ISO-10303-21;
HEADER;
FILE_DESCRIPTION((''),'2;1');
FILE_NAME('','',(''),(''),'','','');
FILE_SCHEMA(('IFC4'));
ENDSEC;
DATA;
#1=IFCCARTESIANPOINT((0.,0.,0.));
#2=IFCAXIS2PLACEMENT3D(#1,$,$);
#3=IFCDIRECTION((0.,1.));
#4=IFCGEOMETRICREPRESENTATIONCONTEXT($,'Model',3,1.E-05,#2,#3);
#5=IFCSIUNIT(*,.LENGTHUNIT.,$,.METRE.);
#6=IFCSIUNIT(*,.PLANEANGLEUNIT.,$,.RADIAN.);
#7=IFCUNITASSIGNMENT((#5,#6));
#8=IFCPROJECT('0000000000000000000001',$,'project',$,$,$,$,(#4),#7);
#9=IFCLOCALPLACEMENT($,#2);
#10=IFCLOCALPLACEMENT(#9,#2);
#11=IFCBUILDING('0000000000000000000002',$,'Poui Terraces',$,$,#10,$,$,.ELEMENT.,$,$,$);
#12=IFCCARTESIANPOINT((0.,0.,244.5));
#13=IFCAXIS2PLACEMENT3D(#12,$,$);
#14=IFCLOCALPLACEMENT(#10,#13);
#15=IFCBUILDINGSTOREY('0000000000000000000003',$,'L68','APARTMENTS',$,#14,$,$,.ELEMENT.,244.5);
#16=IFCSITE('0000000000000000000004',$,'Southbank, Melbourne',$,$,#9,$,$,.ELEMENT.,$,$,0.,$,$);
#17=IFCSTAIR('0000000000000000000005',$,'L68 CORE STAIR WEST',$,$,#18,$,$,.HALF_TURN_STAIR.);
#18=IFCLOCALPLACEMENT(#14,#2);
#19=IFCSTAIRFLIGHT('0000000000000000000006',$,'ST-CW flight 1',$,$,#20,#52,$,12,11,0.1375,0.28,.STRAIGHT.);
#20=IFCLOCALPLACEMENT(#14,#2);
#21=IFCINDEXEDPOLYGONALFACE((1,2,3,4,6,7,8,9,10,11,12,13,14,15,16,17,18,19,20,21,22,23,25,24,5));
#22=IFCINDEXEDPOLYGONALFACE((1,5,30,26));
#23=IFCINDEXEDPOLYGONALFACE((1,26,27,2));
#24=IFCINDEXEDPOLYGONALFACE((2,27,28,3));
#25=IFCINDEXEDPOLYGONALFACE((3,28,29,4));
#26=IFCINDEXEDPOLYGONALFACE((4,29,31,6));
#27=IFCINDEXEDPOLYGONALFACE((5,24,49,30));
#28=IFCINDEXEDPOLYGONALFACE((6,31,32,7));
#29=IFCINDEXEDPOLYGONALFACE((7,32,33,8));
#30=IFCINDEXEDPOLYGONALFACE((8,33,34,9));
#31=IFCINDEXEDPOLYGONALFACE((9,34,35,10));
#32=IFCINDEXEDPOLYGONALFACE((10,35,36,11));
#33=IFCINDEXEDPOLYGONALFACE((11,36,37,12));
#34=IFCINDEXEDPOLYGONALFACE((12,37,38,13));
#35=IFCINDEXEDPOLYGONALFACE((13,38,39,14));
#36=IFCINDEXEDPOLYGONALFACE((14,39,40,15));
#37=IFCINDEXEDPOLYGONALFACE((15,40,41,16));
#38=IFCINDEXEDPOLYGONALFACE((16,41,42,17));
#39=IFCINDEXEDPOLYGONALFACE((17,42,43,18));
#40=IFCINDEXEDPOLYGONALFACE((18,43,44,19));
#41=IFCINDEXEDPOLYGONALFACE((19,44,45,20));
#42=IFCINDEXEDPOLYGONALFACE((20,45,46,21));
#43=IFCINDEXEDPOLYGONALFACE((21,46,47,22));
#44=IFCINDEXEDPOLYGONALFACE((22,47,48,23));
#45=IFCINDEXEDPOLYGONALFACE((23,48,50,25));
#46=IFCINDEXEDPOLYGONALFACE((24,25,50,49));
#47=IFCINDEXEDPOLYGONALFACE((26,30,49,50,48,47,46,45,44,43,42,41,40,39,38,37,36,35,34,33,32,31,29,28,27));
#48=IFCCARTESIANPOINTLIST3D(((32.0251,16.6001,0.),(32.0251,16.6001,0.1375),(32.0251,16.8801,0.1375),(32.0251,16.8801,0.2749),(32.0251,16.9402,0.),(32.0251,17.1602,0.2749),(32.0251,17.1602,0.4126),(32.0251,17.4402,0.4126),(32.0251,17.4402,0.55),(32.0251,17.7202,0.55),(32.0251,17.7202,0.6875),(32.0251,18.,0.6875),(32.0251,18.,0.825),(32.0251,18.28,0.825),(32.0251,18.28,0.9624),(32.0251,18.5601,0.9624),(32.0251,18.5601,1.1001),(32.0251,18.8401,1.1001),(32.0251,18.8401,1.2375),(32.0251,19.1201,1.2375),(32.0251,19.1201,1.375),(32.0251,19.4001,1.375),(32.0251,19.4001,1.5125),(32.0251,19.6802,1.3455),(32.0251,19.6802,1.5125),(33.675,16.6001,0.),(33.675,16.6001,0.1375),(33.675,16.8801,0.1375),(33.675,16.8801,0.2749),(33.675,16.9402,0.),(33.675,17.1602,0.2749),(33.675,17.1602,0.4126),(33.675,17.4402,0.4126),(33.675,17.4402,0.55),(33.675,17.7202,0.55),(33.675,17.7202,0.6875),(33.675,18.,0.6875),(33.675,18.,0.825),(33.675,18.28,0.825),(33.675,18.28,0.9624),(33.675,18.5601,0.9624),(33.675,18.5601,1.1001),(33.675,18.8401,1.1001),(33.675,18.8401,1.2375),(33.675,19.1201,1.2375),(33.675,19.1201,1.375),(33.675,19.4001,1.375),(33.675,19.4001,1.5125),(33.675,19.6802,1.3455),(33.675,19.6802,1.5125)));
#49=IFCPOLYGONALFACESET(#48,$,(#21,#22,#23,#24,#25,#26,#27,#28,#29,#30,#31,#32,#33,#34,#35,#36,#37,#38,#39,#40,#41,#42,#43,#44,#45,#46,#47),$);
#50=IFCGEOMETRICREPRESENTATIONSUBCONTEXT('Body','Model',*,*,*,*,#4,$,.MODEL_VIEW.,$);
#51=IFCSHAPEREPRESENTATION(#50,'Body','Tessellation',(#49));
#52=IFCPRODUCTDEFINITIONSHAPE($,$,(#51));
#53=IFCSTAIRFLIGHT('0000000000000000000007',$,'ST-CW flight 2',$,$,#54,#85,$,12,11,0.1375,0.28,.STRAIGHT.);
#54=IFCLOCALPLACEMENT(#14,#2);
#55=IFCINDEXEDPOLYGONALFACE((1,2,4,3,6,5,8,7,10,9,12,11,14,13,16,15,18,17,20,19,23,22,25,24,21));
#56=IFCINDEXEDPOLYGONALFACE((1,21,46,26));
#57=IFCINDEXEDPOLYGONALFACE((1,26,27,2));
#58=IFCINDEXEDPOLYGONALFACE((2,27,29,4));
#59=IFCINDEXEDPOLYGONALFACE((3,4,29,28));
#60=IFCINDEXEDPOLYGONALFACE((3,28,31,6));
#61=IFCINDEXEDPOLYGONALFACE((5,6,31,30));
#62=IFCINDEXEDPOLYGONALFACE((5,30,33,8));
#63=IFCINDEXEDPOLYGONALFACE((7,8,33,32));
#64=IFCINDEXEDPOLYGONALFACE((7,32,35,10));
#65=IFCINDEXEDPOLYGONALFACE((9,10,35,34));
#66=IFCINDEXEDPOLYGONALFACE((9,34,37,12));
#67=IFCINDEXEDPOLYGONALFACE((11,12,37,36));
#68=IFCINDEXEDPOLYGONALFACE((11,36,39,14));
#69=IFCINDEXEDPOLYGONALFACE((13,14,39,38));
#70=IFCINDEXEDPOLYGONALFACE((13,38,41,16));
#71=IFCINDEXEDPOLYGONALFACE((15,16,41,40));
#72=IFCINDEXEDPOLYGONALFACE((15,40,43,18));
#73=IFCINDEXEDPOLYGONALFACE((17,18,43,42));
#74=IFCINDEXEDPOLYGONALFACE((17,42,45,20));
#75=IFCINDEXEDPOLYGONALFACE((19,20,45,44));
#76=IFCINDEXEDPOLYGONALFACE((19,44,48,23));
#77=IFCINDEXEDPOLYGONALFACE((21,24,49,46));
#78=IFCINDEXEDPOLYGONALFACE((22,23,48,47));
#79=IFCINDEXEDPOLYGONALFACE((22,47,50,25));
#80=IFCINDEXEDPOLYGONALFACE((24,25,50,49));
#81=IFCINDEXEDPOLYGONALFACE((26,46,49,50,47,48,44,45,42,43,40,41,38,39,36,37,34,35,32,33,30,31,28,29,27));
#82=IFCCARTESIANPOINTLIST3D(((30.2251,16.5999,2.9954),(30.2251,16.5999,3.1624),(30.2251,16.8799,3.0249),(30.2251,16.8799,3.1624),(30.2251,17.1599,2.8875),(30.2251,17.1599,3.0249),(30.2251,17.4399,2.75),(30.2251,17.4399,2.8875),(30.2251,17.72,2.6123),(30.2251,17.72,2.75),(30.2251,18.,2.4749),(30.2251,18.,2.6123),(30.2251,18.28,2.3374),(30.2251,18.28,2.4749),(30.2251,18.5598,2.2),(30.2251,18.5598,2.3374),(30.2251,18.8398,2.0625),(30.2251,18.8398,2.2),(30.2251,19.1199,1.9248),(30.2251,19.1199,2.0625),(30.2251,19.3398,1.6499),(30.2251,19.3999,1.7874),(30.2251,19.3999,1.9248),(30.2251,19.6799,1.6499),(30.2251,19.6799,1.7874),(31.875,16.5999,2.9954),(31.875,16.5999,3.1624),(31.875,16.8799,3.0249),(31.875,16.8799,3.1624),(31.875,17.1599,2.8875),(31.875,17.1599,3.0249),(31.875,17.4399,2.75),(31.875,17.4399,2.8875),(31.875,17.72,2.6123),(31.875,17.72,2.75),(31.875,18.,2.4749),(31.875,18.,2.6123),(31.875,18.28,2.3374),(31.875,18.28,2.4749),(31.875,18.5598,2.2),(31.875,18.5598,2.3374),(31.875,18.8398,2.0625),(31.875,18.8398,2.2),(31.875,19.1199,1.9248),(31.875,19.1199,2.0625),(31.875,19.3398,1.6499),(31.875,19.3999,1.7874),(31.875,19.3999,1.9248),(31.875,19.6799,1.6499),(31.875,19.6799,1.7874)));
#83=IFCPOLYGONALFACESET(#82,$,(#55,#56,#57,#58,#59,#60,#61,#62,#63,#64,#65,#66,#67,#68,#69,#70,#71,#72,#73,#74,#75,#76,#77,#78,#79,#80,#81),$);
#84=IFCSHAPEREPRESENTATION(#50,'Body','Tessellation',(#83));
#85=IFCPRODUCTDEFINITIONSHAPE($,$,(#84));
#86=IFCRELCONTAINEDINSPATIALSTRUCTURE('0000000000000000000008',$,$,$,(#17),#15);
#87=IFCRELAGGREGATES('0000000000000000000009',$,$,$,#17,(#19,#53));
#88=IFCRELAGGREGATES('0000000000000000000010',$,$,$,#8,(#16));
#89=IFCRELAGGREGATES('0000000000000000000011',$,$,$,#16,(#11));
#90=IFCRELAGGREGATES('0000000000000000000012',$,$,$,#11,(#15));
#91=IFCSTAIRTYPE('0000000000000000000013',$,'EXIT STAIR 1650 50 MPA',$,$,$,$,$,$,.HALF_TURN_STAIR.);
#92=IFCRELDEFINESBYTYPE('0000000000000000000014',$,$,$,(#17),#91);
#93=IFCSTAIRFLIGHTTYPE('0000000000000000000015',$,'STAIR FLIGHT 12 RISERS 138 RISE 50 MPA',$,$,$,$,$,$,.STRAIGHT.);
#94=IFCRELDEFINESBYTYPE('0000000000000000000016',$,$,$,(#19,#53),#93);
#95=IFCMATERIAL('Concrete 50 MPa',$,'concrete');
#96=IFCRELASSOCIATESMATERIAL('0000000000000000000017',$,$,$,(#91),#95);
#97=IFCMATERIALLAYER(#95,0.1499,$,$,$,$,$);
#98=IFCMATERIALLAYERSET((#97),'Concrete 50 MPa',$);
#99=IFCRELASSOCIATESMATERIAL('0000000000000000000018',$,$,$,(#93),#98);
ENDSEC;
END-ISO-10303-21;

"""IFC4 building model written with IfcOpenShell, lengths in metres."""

from ifc_helpers import new_model, si_unit, direction, frame, origin, place, context, subcontext, project, spatial, polyline, outline, extrude, material, layer, layer_set, type_object, element, aggregate, save


model = new_model("IFC4")

# Units and contexts
model_context = context("Model", 3, precision=1e-05, world=origin(), true_north=direction((0.0, 1.0)))
body_context = subcontext(model_context, "Body", "Model", "MODEL_VIEW")
ifc_project = project(units=[si_unit("LENGTHUNIT", "METRE"), si_unit("PLANEANGLEUNIT", "RADIAN")], contexts=[model_context])

# Site, building, storey
site_placement = place(None, origin())
site = spatial("IfcSite", under=ifc_project, at=site_placement, Name="Southbank, Melbourne", CompositionType="ELEMENT", RefElevation=0.0)
building_placement = place(site_placement, origin())
building = spatial("IfcBuilding", under=site, at=building_placement, Name="Poui Terraces", CompositionType="ELEMENT")
storey_placement = place(building_placement, frame((0.0, 0.0, 244.5)))
storey = spatial("IfcBuildingStorey", under=building, at=storey_placement, Name="L68", Description="APARTMENTS", CompositionType="ELEMENT", Elevation=244.5)

# Shared definitions
ifc_material_1 = material(Name="Concrete 50 MPa", Category="concrete")

# Stair, stair flights
stair_type = type_object("IfcStairType", Name="EXIT STAIR 1650 50 MPA", PredefinedType="HALF_TURN_STAIR", material=ifc_material_1)
stair_placement = place(storey_placement, origin())
stair = element("IfcStair", 1, at=stair_placement, inside=storey, type_object=stair_type, Name="L68 CORE STAIR WEST", PredefinedType="HALF_TURN_STAIR")
ifc_layer_1 = layer(ifc_material_1, 0.1499)
ifc_layer_set_1 = layer_set([ifc_layer_1], Name="Concrete 50 MPa")
stair_flight_type = type_object("IfcStairFlightType", Name="STAIR FLIGHT 12 RISERS 138 RISE 50 MPA", PredefinedType="STRAIGHT", material=ifc_layer_set_1)
stair_flight_1_placement = place(storey_placement, frame((32.8501, 16.6001, 0.0), z_axis=(0.0, 0.0, 1.0), x_axis=(0.0, 1.0, 0.0)))
stair_flight_1 = element("IfcStairFlight", 2, at=stair_flight_1_placement, type_object=stair_flight_type, Name="ST-CW flight 1", NumberOfRisers=12, NumberOfTreads=11, PredefinedType="STRAIGHT", RiserHeight=0.1375, TreadLength=0.28, context=body_context, shape_type="SweptSolid", body=[
    extrude(outline(polyline([(0.0, 0.0), (0.0, 0.1375), (0.28, 0.1375), (0.28, 0.2749), (0.5601, 0.2749), (0.5601, 0.4126), (0.8401, 0.4126), (0.8401, 0.55), (1.1201, 0.55), (1.1201, 0.6875), (1.3999, 0.6875), (1.3999, 0.825), (1.6799, 0.825), (1.6799, 0.9624), (1.96, 0.9624), (1.96, 1.1001), (2.24, 1.1001), (2.24, 1.2375), (2.52, 1.2375), (2.52, 1.375), (2.8, 1.375), (2.8, 1.5125), (3.0801, 1.5125), (3.0801, 1.6499), (3.0801, 1.3455), (0.3401, 0.0), (0.0, 0.0)])), frame((0.0, 0.825, 0.0), z_axis=(0.0, -1.0, 0.0), x_axis=(1.0, 0.0, 0.0)), (0.0, 0.0, 1.0), 1.6499),
])
stair_flight_2_placement = place(storey_placement, frame((31.05, 19.6799, 1.6499), z_axis=(0.0, 0.0, 1.0), x_axis=(0.0, -1.0, 0.0)))
stair_flight_2 = element("IfcStairFlight", 3, at=stair_flight_2_placement, type_object=stair_flight_type, Name="ST-CW flight 2", NumberOfRisers=12, NumberOfTreads=11, PredefinedType="STRAIGHT", RiserHeight=0.1375, TreadLength=0.28, context=body_context, shape_type="SweptSolid", body=[
    extrude(outline(polyline([(0.0, 0.0), (0.0, 0.1375), (0.28, 0.1375), (0.28, 0.2749), (0.5601, 0.2749), (0.5601, 0.4126), (0.8401, 0.4126), (0.8401, 0.55), (1.1201, 0.55), (1.1201, 0.6875), (1.3999, 0.6875), (1.3999, 0.825), (1.6799, 0.825), (1.6799, 0.9624), (1.96, 0.9624), (1.96, 1.1001), (2.24, 1.1001), (2.24, 1.2375), (2.52, 1.2375), (2.52, 1.375), (2.8, 1.375), (2.8, 1.5125), (3.0801, 1.5125), (3.0801, 1.6499), (3.0801, 1.3455), (0.3401, 0.0), (0.0, 0.0)])), frame((0.0, 0.825, 0.0), z_axis=(0.0, -1.0, 0.0), x_axis=(1.0, 0.0, 0.0)), (0.0, 0.0, 1.0), 1.6499),
])
aggregate(stair, [stair_flight_1, stair_flight_2])

save(model, "model.ifc")
